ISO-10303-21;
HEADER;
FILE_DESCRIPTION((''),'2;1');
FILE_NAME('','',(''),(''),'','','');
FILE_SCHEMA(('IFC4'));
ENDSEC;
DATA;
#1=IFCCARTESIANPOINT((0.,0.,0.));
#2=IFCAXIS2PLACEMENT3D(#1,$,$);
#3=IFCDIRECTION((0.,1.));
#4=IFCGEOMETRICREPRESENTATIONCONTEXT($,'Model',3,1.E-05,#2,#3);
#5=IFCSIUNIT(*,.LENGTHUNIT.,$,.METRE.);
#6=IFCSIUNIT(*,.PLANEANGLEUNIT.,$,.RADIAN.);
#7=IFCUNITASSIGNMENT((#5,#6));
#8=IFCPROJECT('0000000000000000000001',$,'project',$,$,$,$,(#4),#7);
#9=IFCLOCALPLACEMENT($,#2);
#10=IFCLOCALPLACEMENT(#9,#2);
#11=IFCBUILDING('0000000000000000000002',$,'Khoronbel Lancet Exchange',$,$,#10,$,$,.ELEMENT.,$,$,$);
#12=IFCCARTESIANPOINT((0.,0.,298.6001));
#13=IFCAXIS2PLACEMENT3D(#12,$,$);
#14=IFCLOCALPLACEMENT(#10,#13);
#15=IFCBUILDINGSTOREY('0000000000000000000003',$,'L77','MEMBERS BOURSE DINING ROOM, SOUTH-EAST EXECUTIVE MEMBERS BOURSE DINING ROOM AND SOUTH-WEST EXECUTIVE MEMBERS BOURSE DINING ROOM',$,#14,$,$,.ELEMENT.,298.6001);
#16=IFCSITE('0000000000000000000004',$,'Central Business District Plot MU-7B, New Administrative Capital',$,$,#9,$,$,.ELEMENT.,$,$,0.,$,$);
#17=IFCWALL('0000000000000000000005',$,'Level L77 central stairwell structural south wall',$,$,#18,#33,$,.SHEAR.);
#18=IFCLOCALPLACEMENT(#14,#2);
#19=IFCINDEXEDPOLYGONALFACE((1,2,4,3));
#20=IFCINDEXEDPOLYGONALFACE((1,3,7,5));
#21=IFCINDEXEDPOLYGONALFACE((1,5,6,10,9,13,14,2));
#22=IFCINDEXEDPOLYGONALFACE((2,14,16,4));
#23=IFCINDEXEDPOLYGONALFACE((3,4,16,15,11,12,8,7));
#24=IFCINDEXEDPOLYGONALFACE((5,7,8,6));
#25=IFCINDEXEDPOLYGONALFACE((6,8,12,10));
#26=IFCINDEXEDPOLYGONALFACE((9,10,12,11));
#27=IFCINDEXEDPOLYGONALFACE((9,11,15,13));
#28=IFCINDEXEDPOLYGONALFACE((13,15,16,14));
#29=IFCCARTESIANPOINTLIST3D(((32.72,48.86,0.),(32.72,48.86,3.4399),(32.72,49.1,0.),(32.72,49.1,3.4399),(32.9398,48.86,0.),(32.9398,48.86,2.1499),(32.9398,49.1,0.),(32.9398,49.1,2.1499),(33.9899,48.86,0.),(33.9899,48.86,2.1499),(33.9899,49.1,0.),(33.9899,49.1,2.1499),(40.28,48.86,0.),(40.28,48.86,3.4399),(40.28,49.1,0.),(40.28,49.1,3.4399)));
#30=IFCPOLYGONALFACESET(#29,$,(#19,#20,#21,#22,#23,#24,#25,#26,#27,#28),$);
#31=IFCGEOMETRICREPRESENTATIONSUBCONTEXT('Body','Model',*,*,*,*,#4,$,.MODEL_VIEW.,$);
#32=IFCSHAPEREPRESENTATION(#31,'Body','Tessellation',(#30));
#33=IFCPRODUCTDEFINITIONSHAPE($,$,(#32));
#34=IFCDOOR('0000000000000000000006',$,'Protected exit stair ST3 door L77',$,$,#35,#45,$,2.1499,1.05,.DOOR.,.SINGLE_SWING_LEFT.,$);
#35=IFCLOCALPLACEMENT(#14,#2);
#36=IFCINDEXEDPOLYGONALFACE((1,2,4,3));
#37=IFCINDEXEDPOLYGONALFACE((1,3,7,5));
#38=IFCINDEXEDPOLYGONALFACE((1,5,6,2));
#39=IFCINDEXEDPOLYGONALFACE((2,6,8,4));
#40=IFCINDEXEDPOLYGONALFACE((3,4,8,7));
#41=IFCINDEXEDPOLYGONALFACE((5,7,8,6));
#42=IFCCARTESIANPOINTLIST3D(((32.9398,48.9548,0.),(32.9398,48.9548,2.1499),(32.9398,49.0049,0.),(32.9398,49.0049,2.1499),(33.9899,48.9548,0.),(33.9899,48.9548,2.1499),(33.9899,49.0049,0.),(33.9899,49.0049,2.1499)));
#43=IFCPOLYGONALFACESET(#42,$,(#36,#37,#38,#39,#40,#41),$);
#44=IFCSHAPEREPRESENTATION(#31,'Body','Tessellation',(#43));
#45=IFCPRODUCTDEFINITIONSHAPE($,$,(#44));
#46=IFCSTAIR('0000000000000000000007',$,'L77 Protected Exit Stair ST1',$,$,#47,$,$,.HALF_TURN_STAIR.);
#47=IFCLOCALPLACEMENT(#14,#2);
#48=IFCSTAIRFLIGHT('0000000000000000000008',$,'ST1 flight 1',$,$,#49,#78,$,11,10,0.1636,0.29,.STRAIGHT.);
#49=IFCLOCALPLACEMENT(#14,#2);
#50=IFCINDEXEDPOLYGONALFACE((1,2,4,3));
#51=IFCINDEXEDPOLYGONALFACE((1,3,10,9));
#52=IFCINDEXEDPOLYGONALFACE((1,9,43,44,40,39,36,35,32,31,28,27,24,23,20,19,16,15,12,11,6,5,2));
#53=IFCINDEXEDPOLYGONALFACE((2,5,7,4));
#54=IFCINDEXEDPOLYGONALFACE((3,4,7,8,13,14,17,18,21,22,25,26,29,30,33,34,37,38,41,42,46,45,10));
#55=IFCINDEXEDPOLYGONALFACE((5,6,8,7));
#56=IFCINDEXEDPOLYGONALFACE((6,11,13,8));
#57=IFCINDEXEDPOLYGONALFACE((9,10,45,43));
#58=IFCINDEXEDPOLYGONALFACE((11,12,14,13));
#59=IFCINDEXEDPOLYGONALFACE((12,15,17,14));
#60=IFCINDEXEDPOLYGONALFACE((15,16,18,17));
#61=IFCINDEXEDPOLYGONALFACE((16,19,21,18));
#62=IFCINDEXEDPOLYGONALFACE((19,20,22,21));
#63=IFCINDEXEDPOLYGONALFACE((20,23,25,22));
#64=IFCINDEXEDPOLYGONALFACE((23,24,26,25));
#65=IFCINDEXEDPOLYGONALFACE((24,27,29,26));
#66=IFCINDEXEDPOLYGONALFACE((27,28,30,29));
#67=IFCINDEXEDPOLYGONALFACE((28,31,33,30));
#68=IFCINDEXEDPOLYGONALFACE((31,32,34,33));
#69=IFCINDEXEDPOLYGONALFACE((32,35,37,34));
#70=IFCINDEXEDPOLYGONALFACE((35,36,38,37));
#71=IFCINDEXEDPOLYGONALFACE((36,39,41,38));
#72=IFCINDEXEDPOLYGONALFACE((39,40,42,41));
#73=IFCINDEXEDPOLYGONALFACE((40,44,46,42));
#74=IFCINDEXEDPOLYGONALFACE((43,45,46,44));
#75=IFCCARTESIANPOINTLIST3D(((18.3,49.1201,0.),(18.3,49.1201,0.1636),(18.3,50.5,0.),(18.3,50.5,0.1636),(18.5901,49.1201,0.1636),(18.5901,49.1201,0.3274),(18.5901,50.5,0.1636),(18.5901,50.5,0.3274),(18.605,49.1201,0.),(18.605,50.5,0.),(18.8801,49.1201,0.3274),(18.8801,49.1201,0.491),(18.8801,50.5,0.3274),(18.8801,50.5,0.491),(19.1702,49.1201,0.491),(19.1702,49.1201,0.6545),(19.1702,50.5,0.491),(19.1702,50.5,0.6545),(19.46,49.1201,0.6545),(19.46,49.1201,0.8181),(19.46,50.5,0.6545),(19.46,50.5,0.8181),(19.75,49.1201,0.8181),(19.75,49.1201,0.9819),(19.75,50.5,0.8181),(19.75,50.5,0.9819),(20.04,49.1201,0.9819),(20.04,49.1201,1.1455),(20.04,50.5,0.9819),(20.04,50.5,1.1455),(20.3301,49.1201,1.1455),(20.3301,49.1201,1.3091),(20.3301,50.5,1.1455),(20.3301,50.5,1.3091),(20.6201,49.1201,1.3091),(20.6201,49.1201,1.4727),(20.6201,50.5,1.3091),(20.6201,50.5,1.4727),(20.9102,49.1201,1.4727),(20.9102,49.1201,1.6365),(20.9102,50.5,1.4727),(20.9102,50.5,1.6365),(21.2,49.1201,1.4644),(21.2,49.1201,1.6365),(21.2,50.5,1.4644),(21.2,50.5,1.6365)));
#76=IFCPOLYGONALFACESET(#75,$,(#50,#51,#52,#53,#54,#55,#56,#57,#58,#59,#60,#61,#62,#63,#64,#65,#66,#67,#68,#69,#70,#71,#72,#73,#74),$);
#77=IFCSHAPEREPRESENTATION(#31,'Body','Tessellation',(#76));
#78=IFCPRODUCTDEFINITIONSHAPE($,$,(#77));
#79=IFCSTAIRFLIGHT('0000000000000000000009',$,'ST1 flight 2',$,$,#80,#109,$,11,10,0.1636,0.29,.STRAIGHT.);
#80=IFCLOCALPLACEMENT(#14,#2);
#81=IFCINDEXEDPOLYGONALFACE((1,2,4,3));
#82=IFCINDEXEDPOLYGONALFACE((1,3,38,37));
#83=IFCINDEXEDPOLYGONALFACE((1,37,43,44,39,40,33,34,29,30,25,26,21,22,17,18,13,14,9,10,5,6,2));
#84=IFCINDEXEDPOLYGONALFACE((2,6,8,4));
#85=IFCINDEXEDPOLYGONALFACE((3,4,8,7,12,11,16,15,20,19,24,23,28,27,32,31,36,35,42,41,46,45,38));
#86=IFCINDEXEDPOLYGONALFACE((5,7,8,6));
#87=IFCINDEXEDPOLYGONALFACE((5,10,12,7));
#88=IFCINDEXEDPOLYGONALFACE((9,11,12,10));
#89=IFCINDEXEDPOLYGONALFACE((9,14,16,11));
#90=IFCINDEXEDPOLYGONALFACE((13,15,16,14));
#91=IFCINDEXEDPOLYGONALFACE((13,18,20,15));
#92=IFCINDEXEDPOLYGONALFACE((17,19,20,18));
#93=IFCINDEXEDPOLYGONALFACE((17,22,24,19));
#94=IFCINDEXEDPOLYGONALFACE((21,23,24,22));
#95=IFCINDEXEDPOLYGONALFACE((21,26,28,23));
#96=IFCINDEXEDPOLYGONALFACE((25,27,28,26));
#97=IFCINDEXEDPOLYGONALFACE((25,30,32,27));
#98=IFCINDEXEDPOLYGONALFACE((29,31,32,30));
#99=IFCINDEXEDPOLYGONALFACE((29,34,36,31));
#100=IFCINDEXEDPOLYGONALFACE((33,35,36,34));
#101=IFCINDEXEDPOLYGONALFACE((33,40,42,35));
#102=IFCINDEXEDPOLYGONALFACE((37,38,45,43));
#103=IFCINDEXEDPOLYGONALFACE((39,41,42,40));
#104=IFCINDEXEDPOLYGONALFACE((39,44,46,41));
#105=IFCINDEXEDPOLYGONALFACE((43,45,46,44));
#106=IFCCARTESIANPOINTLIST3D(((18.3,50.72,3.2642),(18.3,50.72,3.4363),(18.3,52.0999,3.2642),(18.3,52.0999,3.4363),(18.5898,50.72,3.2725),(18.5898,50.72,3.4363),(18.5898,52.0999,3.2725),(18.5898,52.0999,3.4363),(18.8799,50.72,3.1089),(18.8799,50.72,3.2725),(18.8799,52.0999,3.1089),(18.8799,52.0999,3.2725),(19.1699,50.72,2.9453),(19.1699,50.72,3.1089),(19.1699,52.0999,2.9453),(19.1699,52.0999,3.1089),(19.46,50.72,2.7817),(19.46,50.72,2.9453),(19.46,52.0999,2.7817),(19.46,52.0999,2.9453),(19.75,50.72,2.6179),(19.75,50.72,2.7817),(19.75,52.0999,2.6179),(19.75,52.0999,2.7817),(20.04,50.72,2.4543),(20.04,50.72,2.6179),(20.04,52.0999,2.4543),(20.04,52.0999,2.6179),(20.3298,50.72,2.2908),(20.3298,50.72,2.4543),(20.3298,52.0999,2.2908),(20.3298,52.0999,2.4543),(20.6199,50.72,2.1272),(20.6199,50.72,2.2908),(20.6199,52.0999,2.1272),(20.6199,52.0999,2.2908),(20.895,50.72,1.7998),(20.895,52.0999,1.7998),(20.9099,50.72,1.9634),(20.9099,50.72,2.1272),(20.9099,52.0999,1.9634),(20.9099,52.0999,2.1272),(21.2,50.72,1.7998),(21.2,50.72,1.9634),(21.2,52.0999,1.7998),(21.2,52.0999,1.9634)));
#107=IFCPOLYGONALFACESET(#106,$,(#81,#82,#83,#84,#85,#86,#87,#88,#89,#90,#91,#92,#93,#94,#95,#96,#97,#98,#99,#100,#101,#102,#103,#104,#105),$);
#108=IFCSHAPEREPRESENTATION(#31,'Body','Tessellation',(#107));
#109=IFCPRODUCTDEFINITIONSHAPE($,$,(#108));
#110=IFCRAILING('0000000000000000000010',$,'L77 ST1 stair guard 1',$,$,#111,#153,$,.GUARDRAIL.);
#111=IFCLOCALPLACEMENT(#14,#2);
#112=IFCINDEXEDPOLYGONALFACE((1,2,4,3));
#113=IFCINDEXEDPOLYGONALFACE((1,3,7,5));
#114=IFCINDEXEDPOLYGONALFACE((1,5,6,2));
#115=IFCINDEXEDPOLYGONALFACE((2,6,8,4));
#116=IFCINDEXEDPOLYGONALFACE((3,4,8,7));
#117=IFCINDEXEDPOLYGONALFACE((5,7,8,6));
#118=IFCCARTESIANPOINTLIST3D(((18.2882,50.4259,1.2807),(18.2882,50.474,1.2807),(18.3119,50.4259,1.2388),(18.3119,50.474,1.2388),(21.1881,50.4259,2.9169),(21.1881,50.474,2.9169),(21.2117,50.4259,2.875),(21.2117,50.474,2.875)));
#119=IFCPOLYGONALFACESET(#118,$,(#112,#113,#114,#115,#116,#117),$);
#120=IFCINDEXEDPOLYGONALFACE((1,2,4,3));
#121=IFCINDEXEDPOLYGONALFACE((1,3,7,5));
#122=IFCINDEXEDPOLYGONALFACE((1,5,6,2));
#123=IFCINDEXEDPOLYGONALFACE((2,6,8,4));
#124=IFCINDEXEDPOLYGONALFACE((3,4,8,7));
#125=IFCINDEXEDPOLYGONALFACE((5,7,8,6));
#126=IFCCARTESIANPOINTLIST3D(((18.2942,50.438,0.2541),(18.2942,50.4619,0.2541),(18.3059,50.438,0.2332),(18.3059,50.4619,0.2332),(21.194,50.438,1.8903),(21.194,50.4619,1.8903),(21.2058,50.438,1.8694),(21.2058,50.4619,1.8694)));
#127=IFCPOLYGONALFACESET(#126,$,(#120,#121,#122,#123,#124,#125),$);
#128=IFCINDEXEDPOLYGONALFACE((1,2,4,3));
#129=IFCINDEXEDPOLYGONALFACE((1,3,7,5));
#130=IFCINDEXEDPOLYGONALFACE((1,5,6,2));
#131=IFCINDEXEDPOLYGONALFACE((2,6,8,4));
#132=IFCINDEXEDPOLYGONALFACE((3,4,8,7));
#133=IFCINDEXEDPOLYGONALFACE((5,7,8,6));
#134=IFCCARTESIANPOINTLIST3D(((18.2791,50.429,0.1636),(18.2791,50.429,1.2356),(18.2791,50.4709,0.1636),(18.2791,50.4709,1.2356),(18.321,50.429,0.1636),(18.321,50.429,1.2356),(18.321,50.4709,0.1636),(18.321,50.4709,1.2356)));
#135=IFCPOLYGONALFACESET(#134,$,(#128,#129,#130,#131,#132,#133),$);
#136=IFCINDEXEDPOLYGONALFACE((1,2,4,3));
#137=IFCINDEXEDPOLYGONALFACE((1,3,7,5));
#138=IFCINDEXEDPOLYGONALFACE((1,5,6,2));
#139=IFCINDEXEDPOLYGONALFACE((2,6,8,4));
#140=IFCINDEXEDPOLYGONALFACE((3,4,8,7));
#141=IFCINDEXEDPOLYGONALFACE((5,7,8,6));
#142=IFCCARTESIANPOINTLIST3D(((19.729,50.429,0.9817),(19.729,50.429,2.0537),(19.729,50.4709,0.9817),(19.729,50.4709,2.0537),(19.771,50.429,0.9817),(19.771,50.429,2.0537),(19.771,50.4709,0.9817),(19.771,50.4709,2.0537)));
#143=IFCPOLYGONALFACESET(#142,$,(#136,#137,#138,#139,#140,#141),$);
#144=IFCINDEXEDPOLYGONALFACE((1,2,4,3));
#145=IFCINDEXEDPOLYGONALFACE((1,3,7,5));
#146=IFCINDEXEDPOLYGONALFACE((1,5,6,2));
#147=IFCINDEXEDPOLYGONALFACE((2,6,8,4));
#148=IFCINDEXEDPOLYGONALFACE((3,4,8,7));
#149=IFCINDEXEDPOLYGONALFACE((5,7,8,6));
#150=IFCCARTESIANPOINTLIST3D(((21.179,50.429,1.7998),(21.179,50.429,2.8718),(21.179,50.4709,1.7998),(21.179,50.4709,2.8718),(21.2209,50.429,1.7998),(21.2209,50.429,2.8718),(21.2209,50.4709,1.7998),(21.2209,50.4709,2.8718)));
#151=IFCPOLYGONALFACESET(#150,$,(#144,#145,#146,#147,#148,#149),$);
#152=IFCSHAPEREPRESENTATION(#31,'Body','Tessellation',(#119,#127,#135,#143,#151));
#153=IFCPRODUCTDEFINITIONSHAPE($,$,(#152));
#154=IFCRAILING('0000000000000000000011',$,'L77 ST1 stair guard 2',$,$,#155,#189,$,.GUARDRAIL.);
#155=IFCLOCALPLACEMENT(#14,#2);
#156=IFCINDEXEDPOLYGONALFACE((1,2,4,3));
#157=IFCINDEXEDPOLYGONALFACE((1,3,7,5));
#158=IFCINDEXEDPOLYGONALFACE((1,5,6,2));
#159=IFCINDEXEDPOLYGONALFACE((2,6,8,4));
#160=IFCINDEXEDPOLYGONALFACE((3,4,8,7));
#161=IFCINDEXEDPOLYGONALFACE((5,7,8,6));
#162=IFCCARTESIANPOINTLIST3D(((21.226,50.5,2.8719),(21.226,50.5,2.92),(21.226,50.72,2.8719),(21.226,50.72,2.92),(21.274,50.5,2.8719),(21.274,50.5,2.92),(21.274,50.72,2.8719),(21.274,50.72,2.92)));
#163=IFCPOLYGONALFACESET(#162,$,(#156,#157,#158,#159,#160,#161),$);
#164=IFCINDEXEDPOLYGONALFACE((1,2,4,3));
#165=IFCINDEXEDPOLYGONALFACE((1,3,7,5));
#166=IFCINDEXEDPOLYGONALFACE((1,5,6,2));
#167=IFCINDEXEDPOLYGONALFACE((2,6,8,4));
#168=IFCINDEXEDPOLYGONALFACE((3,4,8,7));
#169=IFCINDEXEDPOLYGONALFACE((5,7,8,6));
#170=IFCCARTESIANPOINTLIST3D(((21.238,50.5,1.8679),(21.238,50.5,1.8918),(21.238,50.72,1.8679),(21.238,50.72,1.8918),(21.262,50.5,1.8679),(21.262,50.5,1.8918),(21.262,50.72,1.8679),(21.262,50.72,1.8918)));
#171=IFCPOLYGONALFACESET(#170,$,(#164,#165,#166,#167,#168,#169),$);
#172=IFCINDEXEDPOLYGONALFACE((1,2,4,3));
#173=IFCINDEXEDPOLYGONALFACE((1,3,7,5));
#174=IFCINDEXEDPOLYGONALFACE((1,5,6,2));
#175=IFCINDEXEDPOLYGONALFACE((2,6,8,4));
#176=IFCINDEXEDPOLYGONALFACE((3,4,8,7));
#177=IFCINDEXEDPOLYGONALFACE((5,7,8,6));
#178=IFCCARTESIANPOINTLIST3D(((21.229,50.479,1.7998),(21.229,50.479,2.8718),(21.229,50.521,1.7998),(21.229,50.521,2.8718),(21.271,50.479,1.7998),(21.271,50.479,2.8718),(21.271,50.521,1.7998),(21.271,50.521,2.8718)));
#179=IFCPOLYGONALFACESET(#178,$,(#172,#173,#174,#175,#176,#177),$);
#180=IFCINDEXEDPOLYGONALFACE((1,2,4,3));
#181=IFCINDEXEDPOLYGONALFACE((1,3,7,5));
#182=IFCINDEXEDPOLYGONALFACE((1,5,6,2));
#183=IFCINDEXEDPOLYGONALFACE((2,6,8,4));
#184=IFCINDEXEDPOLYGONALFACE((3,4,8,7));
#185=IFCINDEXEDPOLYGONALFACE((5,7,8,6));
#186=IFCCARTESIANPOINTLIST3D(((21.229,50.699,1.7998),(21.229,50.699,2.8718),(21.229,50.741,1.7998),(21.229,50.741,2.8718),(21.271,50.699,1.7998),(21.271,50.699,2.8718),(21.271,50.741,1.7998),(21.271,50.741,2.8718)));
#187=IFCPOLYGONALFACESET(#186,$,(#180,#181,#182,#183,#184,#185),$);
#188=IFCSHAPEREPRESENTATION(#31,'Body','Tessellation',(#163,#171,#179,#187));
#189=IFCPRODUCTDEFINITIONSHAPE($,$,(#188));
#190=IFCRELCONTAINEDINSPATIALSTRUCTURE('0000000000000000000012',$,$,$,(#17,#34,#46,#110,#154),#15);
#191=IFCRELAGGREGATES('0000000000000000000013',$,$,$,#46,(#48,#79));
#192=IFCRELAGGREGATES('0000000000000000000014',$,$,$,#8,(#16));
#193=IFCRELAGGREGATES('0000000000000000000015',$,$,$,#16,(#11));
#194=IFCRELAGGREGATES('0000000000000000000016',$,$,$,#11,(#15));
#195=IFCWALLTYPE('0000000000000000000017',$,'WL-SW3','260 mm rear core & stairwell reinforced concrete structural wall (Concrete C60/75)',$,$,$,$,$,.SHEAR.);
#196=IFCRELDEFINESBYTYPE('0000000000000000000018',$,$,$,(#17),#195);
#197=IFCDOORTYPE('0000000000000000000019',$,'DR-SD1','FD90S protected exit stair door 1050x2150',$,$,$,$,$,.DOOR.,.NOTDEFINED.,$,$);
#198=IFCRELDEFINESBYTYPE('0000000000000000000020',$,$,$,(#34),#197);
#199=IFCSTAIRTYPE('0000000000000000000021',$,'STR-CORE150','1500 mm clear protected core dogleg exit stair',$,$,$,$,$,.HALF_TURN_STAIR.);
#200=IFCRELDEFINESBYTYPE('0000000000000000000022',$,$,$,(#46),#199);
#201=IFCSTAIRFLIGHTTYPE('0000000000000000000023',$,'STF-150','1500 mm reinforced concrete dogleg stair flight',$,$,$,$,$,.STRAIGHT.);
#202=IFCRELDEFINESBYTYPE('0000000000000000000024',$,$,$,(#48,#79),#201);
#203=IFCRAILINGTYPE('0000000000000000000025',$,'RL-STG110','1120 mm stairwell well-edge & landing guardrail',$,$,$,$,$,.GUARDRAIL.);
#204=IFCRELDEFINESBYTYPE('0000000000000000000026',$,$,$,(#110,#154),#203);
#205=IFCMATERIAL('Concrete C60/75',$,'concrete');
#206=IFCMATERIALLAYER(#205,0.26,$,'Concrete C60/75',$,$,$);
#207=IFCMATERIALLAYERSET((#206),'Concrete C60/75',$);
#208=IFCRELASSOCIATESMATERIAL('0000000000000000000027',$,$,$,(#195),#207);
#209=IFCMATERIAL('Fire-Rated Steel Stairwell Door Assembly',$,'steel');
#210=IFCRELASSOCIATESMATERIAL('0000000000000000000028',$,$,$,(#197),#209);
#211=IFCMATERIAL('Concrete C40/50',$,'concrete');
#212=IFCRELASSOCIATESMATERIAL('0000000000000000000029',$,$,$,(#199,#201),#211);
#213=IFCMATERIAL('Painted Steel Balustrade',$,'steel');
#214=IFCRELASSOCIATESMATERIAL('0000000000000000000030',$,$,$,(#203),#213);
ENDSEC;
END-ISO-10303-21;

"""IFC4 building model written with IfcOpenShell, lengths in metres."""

from ifc_helpers import new_model, si_unit, direction, frame, frame_2d, origin, origin_2d, place, context, subcontext, project, spatial, polyline, rectangle, outline, extrude, material, layer, layer_set, type_object, element, fill, aggregate, save


model = new_model("IFC4")

# Units and contexts
model_context = context("Model", 3, precision=1e-05, world=origin(), true_north=direction((0.0, 1.0)))
body_context = subcontext(model_context, "Body", "Model", "MODEL_VIEW")
ifc_project = project(units=[si_unit("LENGTHUNIT", "METRE"), si_unit("PLANEANGLEUNIT", "RADIAN")], contexts=[model_context])

# Site, building, storey
site_placement = place(None, origin())
site = spatial("IfcSite", under=ifc_project, at=site_placement, Name="Central Business District Plot MU-7B, New Administrative Capital", CompositionType="ELEMENT", RefElevation=0.0)
building_placement = place(site_placement, origin())
building = spatial("IfcBuilding", under=site, at=building_placement, Name="Khoronbel Lancet Exchange", CompositionType="ELEMENT")
storey_placement = place(building_placement, frame((0.0, 0.0, 298.6001)))
storey = spatial("IfcBuildingStorey", under=building, at=storey_placement, Name="L77", Description="MEMBERS BOURSE DINING ROOM, SOUTH-EAST EXECUTIVE MEMBERS BOURSE DINING ROOM AND SOUTH-WEST EXECUTIVE MEMBERS BOURSE DINING ROOM", CompositionType="ELEMENT", Elevation=298.6001)

# Shared definitions
ifc_material_1 = material(Name="Concrete C60/75", Category="concrete")
ifc_layer_1 = layer(ifc_material_1, 0.26, Name="Concrete C60/75")
ifc_layer_set_1 = layer_set([ifc_layer_1], Name="Concrete C60/75")
wall_type_1 = type_object("IfcWallType", Name="WL-SW3", Description="260 mm rear core & stairwell reinforced concrete structural wall (Concrete C60/75)", PredefinedType="SHEAR", material=ifc_layer_set_1)

# Wall, opening, door
wall_1_placement = place(storey_placement, frame((32.72, 48.98, 0.0), z_axis=(0.0, 0.0, 1.0), x_axis=(1.0, 0.0, 0.0)))
wall_1 = element("IfcWall", 1, at=wall_1_placement, inside=storey, type_object=wall_type_1, Name="Level L77 central stairwell structural south wall", PredefinedType="SHEAR", context=body_context, shape_type="SweptSolid", body=[
    extrude(rectangle(XDim=7.5601, YDim=0.24, at=frame_2d((3.78, 0.0))), origin(), (0.0, 0.0, 1.0), 3.4399),
])
opening_1_placement = place(wall_1_placement, frame((0.22, 0.0, 0.0)))
opening_1 = element("IfcOpeningElement", 2, at=opening_1_placement, cuts=wall_1, PredefinedType="OPENING", context=body_context, shape_type="SweptSolid", body=[
    extrude(rectangle(XDim=1.05, YDim=2.1499, at=frame_2d((0.5249, 1.075))), frame((0.0, 0.1299, 0.0), z_axis=(0.0, -1.0, 0.0), x_axis=(1.0, 0.0, 0.0)), (0.0, 0.0, 1.0), 0.26),
])
ifc_material_2 = material(Name="Fire-Rated Steel Stairwell Door Assembly", Category="steel")
door_type_1 = type_object("IfcDoorType", Name="DR-SD1", Description="FD90S protected exit stair door 1050x2150", OperationType="NOTDEFINED", PredefinedType="DOOR", material=ifc_material_2)
door_1_placement = place(opening_1_placement, origin())
door_1 = element("IfcDoor", 3, at=door_1_placement, inside=storey, type_object=door_type_1, Name="Protected exit stair ST3 door L77", OperationType="SINGLE_SWING_LEFT", OverallHeight=2.1499, OverallWidth=1.05, PredefinedType="DOOR", context=body_context, shape_type="SweptSolid", body=[
    extrude(rectangle(XDim=1.05, YDim=2.1499, at=frame_2d((0.5249, 1.075))), frame((0.0, 0.0249, 0.0), z_axis=(0.0, -1.0, 0.0), x_axis=(1.0, 0.0, 0.0)), (0.0, 0.0, 1.0), 0.05),
])
fill(opening_1, door_1)

# Stair, stair flights
ifc_material_3 = material(Name="Concrete C40/50", Category="concrete")
stair_type = type_object("IfcStairType", Name="STR-CORE150", Description="1500 mm clear protected core dogleg exit stair", PredefinedType="HALF_TURN_STAIR", material=ifc_material_3)
stair_placement = place(storey_placement, origin())
stair = element("IfcStair", 4, at=stair_placement, inside=storey, type_object=stair_type, Name="L77 Protected Exit Stair ST1", PredefinedType="HALF_TURN_STAIR")
stair_flight_type = type_object("IfcStairFlightType", Name="STF-150", Description="1500 mm reinforced concrete dogleg stair flight", PredefinedType="STRAIGHT", material=ifc_material_3)
stair_flight_1_placement = place(storey_placement, frame((18.3, 49.8101, 0.0), z_axis=(0.0, 0.0, 1.0), x_axis=(1.0, 0.0, 0.0)))
stair_flight_1 = element("IfcStairFlight", 5, at=stair_flight_1_placement, type_object=stair_flight_type, Name="ST1 flight 1", NumberOfRisers=11, NumberOfTreads=10, PredefinedType="STRAIGHT", RiserHeight=0.1636, TreadLength=0.29, context=body_context, shape_type="SweptSolid", body=[
    extrude(outline(polyline([(0.0, 0.0), (0.0, 0.1636), (0.29, 0.1636), (0.29, 0.3274), (0.5801, 0.3274), (0.5801, 0.491), (0.8701, 0.491), (0.8701, 0.6545), (1.1599, 0.6545), (1.1599, 0.8181), (1.45, 0.8181), (1.45, 0.9819), (1.74, 0.9819), (1.74, 1.1455), (2.03, 1.1455), (2.03, 1.3091), (2.3201, 1.3091), (2.3201, 1.4727), (2.6101, 1.4727), (2.6101, 1.6365), (2.8999, 1.6365), (2.8999, 1.8), (2.8999, 1.4644), (0.3049, 0.0), (0.0, 0.0)])), frame((0.0, 0.6899, 0.0), z_axis=(0.0, -1.0, 0.0), x_axis=(1.0, 0.0, 0.0)), (0.0, 0.0, 1.0), 1.3799),
])
stair_flight_2_placement = place(storey_placement, frame((21.2, 51.4099, 1.7998), z_axis=(0.0, 0.0, 1.0), x_axis=(-1.0, 0.0, 0.0)))
stair_flight_2 = element("IfcStairFlight", 6, at=stair_flight_2_placement, type_object=stair_flight_type, Name="ST1 flight 2", NumberOfRisers=11, NumberOfTreads=10, PredefinedType="STRAIGHT", RiserHeight=0.1636, TreadLength=0.29, context=body_context, shape_type="SweptSolid", body=[
    extrude(outline(polyline([(0.0, 0.0), (0.0, 0.1636), (0.29, 0.1636), (0.29, 0.3274), (0.5801, 0.3274), (0.5801, 0.491), (0.8701, 0.491), (0.8701, 0.6545), (1.1599, 0.6545), (1.1599, 0.8181), (1.45, 0.8181), (1.45, 0.9819), (1.74, 0.9819), (1.74, 1.1455), (2.03, 1.1455), (2.03, 1.3091), (2.3201, 1.3091), (2.3201, 1.4727), (2.6101, 1.4727), (2.6101, 1.6365), (2.8999, 1.6365), (2.8999, 1.8), (2.8999, 1.4644), (0.3049, 0.0), (0.0, 0.0)])), frame((0.0, 0.6899, 0.0), z_axis=(0.0, -1.0, 0.0), x_axis=(1.0, 0.0, 0.0)), (0.0, 0.0, 1.0), 1.3799),
])
aggregate(stair, [stair_flight_1, stair_flight_2])

# Railings
ifc_material_4 = material(Name="Painted Steel Balustrade", Category="steel")
railing_type_1 = type_object("IfcRailingType", Name="RL-STG110", Description="1120 mm stairwell well-edge & landing guardrail", PredefinedType="GUARDRAIL", material=ifc_material_4)
railing_1_placement = place(storey_placement, frame((18.3, 50.45, 0.1636)))
element("IfcRailing", 7, at=railing_1_placement, inside=storey, type_object=railing_type_1, Name="L77 ST1 stair guard 1", PredefinedType="GUARDRAIL", context=body_context, shape_type="SweptSolid", body=[
    extrude(rectangle(XDim=0.0481, YDim=0.0481, at=origin_2d()), frame((0.0, 0.0, 1.0962), z_axis=(0.870929, 0.0, 0.49141), x_axis=(0.0, 1.0, 0.0)), (0.0, 0.0, 1.0), 3.3296),
    extrude(rectangle(XDim=0.0239, YDim=0.0239, at=origin_2d()), frame((0.0, 0.0, 0.0801), z_axis=(0.870929, 0.0, 0.49141), x_axis=(0.0, 1.0, 0.0)), (0.0, 0.0, 1.0), 3.3296),
    extrude(rectangle(XDim=0.042, YDim=0.042, at=origin_2d()), origin(), (0.0, 0.0, 1.0), 1.072),
    extrude(rectangle(XDim=0.042, YDim=0.042, at=origin_2d()), frame((1.45, 0.0, 0.8181)), (0.0, 0.0, 1.0), 1.072),
    extrude(rectangle(XDim=0.042, YDim=0.042, at=origin_2d()), frame((2.8999, 0.0, 1.6362)), (0.0, 0.0, 1.0), 1.072),
])
railing_2_placement = place(storey_placement, frame((21.25, 50.5, 1.7998)))
element("IfcRailing", 8, at=railing_2_placement, inside=storey, type_object=railing_type_1, Name="L77 ST1 stair guard 2", PredefinedType="GUARDRAIL", context=body_context, shape_type="SweptSolid", body=[
    extrude(rectangle(XDim=0.0481, YDim=0.0481, at=origin_2d()), frame((0.0, 0.0, 1.0962), z_axis=(0.0, 1.0, 0.0), x_axis=(-1.0, 0.0, 0.0)), (0.0, 0.0, 1.0), 0.22),
    extrude(rectangle(XDim=0.0239, YDim=0.0239, at=origin_2d()), frame((0.0, 0.0, 0.0801), z_axis=(0.0, 1.0, 0.0), x_axis=(-1.0, 0.0, 0.0)), (0.0, 0.0, 1.0), 0.22),
    extrude(rectangle(XDim=0.042, YDim=0.042, at=origin_2d()), origin(), (0.0, 0.0, 1.0), 1.072),
    extrude(rectangle(XDim=0.042, YDim=0.042, at=origin_2d()), frame((0.0, 0.22, 0.0)), (0.0, 0.0, 1.0), 1.072),
])

save(model, "model.ifc")
